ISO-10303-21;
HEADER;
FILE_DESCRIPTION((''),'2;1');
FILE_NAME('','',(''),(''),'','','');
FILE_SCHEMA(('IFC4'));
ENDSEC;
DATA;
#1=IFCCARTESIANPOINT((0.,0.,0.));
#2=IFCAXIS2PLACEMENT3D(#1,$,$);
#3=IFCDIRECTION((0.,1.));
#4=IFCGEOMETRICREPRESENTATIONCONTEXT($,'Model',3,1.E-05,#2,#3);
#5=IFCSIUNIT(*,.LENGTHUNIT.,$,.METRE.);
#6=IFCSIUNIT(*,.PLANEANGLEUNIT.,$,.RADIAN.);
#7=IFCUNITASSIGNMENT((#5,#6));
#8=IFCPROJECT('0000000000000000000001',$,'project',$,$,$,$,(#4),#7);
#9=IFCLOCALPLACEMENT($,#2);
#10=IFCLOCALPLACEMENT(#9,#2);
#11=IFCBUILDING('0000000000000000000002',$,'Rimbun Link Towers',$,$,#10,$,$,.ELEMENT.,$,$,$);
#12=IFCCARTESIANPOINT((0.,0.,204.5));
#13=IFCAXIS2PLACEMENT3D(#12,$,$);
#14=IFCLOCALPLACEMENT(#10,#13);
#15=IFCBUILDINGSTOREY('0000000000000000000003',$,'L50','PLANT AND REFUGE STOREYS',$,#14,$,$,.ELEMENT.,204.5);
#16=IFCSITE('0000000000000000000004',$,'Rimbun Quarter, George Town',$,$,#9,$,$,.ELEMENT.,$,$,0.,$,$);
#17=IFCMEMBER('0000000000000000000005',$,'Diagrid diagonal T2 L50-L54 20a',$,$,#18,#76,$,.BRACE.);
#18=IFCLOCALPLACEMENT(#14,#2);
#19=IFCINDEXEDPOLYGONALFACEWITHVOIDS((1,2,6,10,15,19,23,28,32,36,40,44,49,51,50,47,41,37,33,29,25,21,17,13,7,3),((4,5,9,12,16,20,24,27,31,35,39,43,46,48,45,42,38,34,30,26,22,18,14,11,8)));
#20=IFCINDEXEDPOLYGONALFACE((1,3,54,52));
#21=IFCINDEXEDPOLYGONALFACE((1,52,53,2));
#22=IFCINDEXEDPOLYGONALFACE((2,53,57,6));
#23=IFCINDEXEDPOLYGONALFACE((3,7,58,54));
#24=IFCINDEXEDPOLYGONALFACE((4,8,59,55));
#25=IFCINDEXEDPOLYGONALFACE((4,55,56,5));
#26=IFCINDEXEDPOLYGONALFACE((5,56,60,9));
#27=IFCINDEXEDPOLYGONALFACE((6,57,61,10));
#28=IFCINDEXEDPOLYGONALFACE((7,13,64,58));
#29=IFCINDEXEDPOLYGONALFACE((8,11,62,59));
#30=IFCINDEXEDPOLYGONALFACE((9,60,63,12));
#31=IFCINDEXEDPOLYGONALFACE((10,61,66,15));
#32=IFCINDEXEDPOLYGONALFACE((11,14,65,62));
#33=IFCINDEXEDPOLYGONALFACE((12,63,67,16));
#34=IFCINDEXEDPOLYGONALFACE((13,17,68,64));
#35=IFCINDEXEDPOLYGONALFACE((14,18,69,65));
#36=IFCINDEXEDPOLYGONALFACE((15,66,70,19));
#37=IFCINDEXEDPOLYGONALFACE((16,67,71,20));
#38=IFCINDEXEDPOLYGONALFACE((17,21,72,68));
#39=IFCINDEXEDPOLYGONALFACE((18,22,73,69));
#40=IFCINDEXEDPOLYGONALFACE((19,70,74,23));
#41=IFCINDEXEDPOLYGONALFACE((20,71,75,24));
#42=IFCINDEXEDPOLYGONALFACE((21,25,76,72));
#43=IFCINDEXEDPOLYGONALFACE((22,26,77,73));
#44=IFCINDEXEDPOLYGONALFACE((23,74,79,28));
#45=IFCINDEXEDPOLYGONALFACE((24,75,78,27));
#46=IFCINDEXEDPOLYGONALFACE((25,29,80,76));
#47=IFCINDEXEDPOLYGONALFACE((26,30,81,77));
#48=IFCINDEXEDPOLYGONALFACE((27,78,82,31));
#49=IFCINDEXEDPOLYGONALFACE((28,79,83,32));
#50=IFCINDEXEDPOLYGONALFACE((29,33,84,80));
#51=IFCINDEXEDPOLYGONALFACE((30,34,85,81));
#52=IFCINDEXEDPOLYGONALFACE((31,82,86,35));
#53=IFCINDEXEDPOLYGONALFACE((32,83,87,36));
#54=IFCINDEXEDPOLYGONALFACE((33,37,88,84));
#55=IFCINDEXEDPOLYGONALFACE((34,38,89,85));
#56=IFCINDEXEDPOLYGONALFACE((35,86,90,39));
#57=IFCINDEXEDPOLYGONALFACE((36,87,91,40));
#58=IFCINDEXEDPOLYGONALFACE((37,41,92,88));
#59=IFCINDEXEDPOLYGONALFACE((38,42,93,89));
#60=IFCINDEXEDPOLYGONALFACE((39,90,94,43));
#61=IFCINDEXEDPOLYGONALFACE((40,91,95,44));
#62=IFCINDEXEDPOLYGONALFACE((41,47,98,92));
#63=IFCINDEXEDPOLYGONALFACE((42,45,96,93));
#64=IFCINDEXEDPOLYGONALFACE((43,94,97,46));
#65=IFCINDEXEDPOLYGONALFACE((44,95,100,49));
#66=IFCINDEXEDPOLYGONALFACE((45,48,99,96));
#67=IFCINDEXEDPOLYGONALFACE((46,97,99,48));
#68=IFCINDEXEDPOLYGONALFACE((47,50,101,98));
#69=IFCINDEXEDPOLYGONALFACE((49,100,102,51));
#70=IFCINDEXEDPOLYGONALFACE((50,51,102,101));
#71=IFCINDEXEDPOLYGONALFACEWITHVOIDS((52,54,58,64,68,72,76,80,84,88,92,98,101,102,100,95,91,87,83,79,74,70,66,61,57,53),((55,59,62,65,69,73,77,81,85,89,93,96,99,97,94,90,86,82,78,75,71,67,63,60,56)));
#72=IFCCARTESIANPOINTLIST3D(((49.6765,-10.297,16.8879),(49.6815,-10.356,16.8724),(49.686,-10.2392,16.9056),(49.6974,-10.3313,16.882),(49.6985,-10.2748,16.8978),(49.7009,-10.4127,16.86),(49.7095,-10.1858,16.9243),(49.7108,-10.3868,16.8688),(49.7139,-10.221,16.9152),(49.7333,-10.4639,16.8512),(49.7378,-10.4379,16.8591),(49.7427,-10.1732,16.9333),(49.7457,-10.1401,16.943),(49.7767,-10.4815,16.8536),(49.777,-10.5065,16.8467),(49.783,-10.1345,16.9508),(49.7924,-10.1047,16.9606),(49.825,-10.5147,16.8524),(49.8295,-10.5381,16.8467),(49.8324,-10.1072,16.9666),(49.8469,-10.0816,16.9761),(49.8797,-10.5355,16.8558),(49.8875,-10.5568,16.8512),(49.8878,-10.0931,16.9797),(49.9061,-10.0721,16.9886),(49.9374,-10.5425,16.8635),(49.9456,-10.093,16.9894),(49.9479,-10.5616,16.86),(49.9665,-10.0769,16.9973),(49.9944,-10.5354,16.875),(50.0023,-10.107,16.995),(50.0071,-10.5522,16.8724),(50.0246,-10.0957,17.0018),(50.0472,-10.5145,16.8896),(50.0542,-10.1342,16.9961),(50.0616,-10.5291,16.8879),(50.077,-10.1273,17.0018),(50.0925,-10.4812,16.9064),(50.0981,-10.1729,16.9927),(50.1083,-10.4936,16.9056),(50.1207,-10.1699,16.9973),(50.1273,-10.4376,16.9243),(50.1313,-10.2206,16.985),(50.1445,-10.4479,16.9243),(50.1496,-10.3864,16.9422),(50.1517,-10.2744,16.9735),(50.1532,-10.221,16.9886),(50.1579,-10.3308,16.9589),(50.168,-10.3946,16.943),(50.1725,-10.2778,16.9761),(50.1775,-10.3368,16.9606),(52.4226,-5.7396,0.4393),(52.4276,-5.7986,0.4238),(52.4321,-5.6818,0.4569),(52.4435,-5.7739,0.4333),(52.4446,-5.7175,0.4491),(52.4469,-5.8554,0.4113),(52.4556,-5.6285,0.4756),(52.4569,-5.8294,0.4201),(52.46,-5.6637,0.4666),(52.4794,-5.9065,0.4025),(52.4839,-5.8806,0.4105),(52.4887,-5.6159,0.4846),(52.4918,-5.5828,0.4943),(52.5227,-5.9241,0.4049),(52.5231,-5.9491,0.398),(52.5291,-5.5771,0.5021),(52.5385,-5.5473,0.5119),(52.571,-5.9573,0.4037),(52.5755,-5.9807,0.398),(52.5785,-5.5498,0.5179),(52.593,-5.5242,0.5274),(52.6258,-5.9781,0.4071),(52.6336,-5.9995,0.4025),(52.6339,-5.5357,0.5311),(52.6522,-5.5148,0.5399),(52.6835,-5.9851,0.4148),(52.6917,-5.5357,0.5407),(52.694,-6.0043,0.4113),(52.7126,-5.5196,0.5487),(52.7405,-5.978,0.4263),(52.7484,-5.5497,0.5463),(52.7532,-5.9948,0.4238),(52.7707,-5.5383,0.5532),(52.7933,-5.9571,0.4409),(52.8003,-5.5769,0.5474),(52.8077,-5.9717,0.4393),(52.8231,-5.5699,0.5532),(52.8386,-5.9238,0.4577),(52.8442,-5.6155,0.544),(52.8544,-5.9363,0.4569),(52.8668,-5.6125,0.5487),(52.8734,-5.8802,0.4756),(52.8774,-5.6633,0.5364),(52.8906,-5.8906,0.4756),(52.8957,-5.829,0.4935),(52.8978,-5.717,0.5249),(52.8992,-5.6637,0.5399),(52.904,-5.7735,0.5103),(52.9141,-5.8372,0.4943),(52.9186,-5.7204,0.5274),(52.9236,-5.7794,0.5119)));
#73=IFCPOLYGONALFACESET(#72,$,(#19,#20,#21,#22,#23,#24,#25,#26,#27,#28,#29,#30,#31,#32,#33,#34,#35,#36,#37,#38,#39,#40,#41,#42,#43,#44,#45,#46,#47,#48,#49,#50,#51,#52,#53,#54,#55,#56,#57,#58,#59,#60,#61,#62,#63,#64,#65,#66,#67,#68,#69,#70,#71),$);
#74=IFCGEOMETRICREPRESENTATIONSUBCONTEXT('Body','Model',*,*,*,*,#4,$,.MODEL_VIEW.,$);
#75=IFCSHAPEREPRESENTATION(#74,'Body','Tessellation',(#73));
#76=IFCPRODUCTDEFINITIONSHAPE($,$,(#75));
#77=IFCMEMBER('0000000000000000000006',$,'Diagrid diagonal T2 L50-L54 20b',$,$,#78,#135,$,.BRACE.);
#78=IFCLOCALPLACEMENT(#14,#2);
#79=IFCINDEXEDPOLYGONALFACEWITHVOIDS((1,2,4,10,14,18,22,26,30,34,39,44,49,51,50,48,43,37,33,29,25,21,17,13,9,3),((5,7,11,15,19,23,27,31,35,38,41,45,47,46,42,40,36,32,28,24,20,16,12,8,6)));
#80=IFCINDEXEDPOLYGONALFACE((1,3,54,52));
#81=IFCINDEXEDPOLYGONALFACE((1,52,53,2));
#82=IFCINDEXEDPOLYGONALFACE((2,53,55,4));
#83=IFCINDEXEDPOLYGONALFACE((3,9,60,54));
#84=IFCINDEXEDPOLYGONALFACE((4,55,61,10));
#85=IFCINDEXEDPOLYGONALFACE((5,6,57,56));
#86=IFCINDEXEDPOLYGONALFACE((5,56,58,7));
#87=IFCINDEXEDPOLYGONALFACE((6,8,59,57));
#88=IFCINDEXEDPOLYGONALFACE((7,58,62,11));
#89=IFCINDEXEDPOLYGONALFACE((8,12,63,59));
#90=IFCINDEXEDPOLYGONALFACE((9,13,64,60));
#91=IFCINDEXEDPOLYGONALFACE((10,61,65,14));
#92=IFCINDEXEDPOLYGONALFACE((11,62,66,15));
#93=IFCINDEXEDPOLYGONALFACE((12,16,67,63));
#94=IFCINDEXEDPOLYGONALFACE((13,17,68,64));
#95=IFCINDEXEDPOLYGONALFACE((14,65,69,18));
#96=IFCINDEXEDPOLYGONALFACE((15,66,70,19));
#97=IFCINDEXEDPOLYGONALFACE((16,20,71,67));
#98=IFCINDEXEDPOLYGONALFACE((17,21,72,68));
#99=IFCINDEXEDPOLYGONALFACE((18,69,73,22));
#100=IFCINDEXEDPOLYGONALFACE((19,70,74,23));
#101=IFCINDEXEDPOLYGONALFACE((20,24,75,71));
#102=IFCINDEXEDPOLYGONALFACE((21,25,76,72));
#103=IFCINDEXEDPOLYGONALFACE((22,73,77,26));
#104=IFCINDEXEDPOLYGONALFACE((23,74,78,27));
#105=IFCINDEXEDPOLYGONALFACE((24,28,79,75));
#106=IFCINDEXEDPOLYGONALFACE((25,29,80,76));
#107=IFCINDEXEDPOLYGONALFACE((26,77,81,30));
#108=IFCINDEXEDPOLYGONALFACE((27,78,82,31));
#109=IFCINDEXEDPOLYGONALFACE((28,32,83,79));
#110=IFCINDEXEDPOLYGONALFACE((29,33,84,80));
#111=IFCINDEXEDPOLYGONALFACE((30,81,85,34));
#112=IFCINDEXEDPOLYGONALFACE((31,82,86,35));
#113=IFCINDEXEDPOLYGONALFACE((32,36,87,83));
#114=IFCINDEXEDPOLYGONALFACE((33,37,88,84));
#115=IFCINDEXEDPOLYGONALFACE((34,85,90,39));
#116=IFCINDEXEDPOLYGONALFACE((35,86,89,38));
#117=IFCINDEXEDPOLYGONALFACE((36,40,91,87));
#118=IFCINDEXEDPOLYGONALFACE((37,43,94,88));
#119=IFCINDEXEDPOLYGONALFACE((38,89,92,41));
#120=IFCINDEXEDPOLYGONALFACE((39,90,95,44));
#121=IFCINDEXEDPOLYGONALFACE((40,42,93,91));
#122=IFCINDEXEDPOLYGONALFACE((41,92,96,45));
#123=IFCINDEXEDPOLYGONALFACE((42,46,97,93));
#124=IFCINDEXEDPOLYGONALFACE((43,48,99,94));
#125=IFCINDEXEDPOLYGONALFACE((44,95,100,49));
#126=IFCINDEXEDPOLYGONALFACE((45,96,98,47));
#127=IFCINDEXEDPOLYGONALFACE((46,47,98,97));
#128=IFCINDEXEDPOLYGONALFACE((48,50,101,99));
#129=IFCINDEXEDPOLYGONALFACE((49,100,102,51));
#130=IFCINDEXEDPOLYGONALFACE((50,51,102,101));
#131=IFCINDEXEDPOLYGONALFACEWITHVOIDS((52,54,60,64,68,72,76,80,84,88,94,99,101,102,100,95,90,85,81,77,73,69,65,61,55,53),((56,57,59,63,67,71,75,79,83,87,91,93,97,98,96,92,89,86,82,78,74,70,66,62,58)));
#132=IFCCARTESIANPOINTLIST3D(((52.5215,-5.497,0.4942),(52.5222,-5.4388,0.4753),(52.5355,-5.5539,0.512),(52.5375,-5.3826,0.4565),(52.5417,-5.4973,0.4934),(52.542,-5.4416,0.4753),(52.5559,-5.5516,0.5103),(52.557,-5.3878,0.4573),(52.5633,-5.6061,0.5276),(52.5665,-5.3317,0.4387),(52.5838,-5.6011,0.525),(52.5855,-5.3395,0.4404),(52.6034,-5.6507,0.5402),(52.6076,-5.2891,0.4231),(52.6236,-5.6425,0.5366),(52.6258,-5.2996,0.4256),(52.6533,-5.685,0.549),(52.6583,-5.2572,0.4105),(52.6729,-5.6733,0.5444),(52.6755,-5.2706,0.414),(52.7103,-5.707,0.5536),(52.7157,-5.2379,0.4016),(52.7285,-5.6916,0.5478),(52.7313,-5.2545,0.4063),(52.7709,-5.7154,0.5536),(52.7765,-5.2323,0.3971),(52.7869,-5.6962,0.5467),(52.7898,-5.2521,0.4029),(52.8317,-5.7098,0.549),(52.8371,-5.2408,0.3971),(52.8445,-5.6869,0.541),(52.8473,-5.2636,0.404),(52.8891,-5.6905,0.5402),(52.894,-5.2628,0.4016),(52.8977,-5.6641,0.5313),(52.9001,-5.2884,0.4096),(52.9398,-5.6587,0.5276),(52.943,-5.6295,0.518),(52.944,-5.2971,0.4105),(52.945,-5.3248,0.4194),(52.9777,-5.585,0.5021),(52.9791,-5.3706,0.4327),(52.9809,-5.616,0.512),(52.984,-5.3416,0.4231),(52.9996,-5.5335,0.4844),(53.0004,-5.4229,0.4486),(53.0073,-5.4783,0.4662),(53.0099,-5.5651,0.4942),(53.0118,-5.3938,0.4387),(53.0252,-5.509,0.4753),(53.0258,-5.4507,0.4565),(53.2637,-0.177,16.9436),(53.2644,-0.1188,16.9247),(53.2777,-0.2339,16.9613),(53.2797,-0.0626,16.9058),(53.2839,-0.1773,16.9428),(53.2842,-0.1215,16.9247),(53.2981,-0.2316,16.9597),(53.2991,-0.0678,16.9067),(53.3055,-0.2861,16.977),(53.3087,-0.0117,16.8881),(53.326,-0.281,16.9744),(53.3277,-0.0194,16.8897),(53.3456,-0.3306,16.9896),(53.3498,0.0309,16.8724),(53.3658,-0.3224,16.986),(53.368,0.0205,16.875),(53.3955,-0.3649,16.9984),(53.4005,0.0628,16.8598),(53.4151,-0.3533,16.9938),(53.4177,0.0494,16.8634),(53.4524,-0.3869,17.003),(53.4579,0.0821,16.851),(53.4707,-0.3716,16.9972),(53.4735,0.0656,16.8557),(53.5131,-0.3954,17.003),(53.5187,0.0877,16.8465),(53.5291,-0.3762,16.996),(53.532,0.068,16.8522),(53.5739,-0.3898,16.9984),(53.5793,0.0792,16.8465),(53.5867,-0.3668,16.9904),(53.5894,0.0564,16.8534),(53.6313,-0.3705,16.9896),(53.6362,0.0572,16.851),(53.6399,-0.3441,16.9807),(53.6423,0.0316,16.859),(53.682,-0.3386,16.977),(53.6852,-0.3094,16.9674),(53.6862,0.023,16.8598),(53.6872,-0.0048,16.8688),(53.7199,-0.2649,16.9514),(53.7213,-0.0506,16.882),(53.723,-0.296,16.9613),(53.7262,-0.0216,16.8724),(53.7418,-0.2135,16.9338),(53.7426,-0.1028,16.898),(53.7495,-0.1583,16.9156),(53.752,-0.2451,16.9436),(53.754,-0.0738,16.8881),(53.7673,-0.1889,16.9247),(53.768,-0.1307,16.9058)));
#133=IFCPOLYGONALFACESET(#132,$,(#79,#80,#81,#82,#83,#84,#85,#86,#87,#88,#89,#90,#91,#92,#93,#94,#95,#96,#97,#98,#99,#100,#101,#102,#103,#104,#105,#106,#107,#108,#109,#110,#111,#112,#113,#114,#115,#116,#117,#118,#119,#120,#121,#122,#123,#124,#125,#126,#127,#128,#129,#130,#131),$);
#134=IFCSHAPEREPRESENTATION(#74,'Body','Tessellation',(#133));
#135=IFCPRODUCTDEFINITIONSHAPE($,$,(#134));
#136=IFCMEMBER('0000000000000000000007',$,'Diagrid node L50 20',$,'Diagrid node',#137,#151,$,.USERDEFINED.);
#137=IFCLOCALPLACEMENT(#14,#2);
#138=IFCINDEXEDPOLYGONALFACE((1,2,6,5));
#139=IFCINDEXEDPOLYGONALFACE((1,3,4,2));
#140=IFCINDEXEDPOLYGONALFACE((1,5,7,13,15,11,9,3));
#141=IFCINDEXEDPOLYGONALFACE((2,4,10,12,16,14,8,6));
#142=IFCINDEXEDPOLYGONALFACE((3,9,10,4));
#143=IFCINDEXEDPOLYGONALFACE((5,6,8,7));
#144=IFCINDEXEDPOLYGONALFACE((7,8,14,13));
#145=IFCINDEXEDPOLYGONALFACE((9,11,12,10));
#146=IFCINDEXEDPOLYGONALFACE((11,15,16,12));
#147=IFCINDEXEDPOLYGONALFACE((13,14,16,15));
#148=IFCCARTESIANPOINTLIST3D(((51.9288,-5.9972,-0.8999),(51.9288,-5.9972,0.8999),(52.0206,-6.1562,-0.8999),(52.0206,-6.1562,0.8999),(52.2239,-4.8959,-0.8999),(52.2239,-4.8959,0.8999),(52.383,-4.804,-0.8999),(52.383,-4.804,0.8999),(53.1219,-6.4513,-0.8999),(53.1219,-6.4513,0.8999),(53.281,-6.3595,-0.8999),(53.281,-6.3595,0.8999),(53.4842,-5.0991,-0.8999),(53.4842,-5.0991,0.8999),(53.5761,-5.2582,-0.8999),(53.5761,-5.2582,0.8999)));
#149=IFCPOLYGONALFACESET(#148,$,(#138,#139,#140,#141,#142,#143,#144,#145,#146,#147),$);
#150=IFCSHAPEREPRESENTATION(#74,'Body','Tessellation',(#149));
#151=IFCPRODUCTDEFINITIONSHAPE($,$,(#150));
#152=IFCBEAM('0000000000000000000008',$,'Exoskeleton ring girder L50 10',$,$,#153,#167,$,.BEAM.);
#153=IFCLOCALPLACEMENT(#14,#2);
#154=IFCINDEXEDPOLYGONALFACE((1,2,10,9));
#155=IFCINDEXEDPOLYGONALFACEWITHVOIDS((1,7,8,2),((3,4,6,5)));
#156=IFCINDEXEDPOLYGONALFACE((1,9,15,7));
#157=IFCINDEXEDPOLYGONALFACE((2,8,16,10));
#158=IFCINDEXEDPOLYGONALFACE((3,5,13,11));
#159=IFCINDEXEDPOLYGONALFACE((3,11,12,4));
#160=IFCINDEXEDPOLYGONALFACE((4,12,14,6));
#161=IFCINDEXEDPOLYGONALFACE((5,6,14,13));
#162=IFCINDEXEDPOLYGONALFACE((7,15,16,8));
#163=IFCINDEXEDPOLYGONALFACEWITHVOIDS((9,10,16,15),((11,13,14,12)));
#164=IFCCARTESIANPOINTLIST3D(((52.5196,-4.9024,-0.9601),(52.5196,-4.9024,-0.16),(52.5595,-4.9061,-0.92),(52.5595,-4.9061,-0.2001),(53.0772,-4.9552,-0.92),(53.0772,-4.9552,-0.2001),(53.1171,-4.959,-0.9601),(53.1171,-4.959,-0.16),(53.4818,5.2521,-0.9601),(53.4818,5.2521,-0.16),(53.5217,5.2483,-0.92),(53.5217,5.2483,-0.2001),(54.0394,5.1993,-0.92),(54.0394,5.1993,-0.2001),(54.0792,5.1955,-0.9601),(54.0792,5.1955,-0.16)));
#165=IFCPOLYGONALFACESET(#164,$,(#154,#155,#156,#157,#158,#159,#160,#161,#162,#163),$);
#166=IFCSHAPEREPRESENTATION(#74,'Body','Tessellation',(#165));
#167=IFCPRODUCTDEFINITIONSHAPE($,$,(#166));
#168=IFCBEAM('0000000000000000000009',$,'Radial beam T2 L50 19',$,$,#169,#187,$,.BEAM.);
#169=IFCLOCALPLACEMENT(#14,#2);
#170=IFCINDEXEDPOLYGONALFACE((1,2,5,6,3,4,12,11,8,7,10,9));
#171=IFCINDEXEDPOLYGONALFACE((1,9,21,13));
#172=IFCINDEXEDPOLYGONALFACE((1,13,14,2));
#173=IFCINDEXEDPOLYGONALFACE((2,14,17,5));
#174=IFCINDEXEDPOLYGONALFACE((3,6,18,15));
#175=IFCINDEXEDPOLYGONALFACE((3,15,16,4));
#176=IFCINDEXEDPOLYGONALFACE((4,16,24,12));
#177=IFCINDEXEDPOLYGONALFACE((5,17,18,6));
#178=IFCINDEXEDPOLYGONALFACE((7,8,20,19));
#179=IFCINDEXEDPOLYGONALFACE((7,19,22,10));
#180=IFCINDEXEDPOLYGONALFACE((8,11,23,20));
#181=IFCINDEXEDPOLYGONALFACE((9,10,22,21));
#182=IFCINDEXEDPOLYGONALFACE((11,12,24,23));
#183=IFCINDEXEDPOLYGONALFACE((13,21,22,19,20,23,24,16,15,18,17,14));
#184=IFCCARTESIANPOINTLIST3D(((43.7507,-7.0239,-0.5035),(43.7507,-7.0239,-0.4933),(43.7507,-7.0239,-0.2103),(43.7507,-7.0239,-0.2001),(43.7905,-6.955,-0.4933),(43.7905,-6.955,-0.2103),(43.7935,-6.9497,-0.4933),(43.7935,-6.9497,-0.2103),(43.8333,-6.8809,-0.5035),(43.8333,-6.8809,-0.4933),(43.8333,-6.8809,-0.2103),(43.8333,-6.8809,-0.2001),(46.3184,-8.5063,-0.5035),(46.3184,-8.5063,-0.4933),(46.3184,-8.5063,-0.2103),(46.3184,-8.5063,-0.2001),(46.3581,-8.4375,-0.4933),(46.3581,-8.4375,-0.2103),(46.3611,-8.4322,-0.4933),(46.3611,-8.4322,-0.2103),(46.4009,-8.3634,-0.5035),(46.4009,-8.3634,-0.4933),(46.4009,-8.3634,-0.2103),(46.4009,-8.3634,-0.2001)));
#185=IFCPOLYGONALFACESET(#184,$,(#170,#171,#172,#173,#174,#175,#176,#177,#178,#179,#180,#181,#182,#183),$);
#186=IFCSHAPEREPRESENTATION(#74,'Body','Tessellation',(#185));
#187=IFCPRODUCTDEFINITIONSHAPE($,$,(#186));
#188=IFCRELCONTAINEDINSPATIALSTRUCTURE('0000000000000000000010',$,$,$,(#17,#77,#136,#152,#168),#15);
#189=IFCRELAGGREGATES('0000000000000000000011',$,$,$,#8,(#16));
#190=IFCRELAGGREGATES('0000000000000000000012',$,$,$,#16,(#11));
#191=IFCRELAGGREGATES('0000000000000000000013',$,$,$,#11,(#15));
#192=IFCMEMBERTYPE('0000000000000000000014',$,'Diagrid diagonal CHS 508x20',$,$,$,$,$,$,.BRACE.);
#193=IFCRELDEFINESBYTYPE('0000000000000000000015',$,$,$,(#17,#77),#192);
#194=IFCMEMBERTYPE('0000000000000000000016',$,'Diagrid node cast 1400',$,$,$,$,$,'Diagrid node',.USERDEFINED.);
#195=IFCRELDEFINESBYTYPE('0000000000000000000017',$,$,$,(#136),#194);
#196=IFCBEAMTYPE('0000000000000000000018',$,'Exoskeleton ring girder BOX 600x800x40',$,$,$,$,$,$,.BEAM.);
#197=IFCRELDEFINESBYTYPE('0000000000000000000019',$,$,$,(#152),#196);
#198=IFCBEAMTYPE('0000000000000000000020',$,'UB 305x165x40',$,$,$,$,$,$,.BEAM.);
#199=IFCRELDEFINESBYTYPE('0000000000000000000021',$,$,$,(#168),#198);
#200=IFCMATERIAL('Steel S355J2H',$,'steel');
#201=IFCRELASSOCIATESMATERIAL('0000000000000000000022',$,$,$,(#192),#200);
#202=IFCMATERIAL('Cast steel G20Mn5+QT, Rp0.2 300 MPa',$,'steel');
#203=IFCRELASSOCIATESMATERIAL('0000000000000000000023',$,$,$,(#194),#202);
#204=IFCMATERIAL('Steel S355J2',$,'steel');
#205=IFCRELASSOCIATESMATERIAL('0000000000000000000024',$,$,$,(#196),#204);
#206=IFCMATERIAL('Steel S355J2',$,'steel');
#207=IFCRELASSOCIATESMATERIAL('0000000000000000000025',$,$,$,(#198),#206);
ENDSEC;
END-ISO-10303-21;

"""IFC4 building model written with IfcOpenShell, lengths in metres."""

from ifc_helpers import new_model, si_unit, direction, frame, origin, origin_2d, place, context, subcontext, project, spatial, polyline, hollow_rectangle, hollow_circle, i_section, outline, extrude, material, material_profile, profile_set, type_object, element, save


model = new_model("IFC4")

# Units and contexts
model_context = context("Model", 3, precision=1e-05, world=origin(), true_north=direction((0.0, 1.0)))
body_context = subcontext(model_context, "Body", "Model", "MODEL_VIEW")
ifc_project = project(units=[si_unit("LENGTHUNIT", "METRE"), si_unit("PLANEANGLEUNIT", "RADIAN")], contexts=[model_context])

# Site, building, storey
site_placement = place(None, origin())
site = spatial("IfcSite", under=ifc_project, at=site_placement, Name="Rimbun Quarter, George Town", CompositionType="ELEMENT", RefElevation=0.0)
building_placement = place(site_placement, origin())
building = spatial("IfcBuilding", under=site, at=building_placement, Name="Rimbun Link Towers", CompositionType="ELEMENT")
storey_placement = place(building_placement, frame((0.0, 0.0, 204.5)))
storey = spatial("IfcBuildingStorey", under=building, at=storey_placement, Name="L50", Description="PLANT AND REFUGE STOREYS", CompositionType="ELEMENT", Elevation=204.5)

# Members
ifc_material_1 = material(Name="Steel S355J2H", Category="steel")
ifc_material_profile_1 = material_profile(ifc_material_1, hollow_circle(Radius=0.2539, WallThickness=0.02, at=origin_2d()), Name="Diagrid diagonal CHS 508x20")
ifc_profile_set_1 = profile_set([ifc_material_profile_1], Name="Steel S355J2H")
member_type_1 = type_object("IfcMemberType", Name="Diagrid diagonal CHS 508x20", PredefinedType="BRACE", material=ifc_profile_set_1)
member_1_placement = place(storey_placement, frame((52.6731, -5.7595, 0.4756), z_axis=(-0.158845, -0.263616, 0.951459), x_axis=(0.856524, -0.516108, 0.0)))
element("IfcMember", 1, at=member_1_placement, inside=storey, type_object=member_type_1, Name="Diagrid diagonal T2 L50-L54 20a", PredefinedType="BRACE", context=body_context, shape_type="SweptSolid", body=[
    extrude(hollow_circle(Radius=0.2539, WallThickness=0.02, at=origin_2d()), origin(), (0.0, 0.0, 1.0), 17.2878),
])
member_2_placement = place(storey_placement, frame((52.7737, -5.4739, 0.4753), z_axis=(0.04289, 0.307442, 0.9506), x_axis=(-0.990409, 0.138169, 0.0)))
element("IfcMember", 2, at=member_2_placement, inside=storey, type_object=member_type_1, Name="Diagrid diagonal T2 L50-L54 20b", PredefinedType="BRACE", context=body_context, shape_type="SweptSolid", body=[
    extrude(hollow_circle(Radius=0.2539, WallThickness=0.02, at=origin_2d()), origin(), (0.0, 0.0, 1.0), 17.3042),
])
ifc_material_2 = material(Name="Cast steel G20Mn5+QT, Rp0.2 300 MPa", Category="steel")
ifc_material_profile_2 = material_profile(ifc_material_2, outline(polyline([(0.7, -0.5701), (0.7, 0.5701), (0.5701, 0.7), (-0.5701, 0.7), (-0.7, 0.5701), (-0.7, -0.5701), (-0.5701, -0.7), (0.5701, -0.7), (0.7, -0.5701)])), Name="NODE 1400x1400")
ifc_profile_set_2 = profile_set([ifc_material_profile_2], Name="Cast steel G20Mn5+QT, Rp0.2 300 MPa")
member_type_2 = type_object("IfcMemberType", Name="Diagrid node cast 1400", ElementType="Diagrid node", PredefinedType="USERDEFINED", material=ifc_profile_set_2)
member_3_placement = place(storey_placement, frame((52.7524, -5.6277, -0.8999), z_axis=(0.0, 0.0, 1.0), x_axis=(0.965926, -0.258819, 0.0)))
element("IfcMember", 3, at=member_3_placement, inside=storey, type_object=member_type_2, Name="Diagrid node L50 20", ObjectType="Diagrid node", PredefinedType="USERDEFINED", context=body_context, shape_type="SweptSolid", body=[
    extrude(outline(polyline([(0.7, -0.5701), (0.7, 0.5701), (0.5701, 0.7), (-0.5701, 0.7), (-0.7, 0.5701), (-0.7, -0.5701), (-0.5701, -0.7), (0.5701, -0.7), (0.7, -0.5701)])), origin(), (0.0, 0.0, 1.0), 1.7998),
])

# Beams
ifc_material_3 = material(Name="Steel S355J2", Category="steel")
ifc_material_profile_3 = material_profile(ifc_material_3, hollow_rectangle(XDim=0.6001, YDim=0.8, WallThickness=0.04, at=origin_2d()), Name="Exoskeleton ring girder BOX 600x800x40")
ifc_profile_set_3 = profile_set([ifc_material_profile_3], Name="Steel S355J2")
beam_type_1 = type_object("IfcBeamType", Name="Exoskeleton ring girder BOX 600x800x40", PredefinedType="BEAM", material=ifc_profile_set_3)
beam_1_placement = place(storey_placement, frame((52.8184, -4.9307, -0.5601), z_axis=(0.094329, 0.995541, 0.0), x_axis=(-0.995541, 0.094329, 0.0)))
element("IfcBeam", 4, at=beam_1_placement, inside=storey, type_object=beam_type_1, Name="Exoskeleton ring girder L50 10", PredefinedType="BEAM", context=body_context, shape_type="SweptSolid", body=[
    extrude(hollow_rectangle(XDim=0.6001, YDim=0.8, WallThickness=0.04, at=origin_2d()), origin(), (0.0, 0.0, 1.0), 10.2),
])
ifc_material_4 = material(Name="Steel S355J2", Category="steel")
ifc_material_profile_4 = material_profile(ifc_material_4, i_section(OverallWidth=0.165, OverallDepth=0.3035, WebThickness=0.0061, FlangeThickness=0.0103, at=origin_2d()), Name="UB 305x165x40")
ifc_profile_set_4 = profile_set([ifc_material_profile_4], Name="Steel S355J2")
beam_type_2 = type_object("IfcBeamType", Name="UB 305x165x40", PredefinedType="BEAM", material=ifc_profile_set_4)
beam_2_placement = place(storey_placement, frame((43.792, -6.9524, -0.3518), z_axis=(0.866025, -0.5, 0.0), x_axis=(0.5, 0.866025, 0.0)))
element("IfcBeam", 5, at=beam_2_placement, inside=storey, type_object=beam_type_2, Name="Radial beam T2 L50 19", PredefinedType="BEAM", context=body_context, shape_type="SweptSolid", body=[
    extrude(i_section(OverallWidth=0.165, OverallDepth=0.3035, WebThickness=0.0061, FlangeThickness=0.0103, at=origin_2d()), origin(), (0.0, 0.0, 1.0), 2.9648),
])

save(model, "model.ifc")
